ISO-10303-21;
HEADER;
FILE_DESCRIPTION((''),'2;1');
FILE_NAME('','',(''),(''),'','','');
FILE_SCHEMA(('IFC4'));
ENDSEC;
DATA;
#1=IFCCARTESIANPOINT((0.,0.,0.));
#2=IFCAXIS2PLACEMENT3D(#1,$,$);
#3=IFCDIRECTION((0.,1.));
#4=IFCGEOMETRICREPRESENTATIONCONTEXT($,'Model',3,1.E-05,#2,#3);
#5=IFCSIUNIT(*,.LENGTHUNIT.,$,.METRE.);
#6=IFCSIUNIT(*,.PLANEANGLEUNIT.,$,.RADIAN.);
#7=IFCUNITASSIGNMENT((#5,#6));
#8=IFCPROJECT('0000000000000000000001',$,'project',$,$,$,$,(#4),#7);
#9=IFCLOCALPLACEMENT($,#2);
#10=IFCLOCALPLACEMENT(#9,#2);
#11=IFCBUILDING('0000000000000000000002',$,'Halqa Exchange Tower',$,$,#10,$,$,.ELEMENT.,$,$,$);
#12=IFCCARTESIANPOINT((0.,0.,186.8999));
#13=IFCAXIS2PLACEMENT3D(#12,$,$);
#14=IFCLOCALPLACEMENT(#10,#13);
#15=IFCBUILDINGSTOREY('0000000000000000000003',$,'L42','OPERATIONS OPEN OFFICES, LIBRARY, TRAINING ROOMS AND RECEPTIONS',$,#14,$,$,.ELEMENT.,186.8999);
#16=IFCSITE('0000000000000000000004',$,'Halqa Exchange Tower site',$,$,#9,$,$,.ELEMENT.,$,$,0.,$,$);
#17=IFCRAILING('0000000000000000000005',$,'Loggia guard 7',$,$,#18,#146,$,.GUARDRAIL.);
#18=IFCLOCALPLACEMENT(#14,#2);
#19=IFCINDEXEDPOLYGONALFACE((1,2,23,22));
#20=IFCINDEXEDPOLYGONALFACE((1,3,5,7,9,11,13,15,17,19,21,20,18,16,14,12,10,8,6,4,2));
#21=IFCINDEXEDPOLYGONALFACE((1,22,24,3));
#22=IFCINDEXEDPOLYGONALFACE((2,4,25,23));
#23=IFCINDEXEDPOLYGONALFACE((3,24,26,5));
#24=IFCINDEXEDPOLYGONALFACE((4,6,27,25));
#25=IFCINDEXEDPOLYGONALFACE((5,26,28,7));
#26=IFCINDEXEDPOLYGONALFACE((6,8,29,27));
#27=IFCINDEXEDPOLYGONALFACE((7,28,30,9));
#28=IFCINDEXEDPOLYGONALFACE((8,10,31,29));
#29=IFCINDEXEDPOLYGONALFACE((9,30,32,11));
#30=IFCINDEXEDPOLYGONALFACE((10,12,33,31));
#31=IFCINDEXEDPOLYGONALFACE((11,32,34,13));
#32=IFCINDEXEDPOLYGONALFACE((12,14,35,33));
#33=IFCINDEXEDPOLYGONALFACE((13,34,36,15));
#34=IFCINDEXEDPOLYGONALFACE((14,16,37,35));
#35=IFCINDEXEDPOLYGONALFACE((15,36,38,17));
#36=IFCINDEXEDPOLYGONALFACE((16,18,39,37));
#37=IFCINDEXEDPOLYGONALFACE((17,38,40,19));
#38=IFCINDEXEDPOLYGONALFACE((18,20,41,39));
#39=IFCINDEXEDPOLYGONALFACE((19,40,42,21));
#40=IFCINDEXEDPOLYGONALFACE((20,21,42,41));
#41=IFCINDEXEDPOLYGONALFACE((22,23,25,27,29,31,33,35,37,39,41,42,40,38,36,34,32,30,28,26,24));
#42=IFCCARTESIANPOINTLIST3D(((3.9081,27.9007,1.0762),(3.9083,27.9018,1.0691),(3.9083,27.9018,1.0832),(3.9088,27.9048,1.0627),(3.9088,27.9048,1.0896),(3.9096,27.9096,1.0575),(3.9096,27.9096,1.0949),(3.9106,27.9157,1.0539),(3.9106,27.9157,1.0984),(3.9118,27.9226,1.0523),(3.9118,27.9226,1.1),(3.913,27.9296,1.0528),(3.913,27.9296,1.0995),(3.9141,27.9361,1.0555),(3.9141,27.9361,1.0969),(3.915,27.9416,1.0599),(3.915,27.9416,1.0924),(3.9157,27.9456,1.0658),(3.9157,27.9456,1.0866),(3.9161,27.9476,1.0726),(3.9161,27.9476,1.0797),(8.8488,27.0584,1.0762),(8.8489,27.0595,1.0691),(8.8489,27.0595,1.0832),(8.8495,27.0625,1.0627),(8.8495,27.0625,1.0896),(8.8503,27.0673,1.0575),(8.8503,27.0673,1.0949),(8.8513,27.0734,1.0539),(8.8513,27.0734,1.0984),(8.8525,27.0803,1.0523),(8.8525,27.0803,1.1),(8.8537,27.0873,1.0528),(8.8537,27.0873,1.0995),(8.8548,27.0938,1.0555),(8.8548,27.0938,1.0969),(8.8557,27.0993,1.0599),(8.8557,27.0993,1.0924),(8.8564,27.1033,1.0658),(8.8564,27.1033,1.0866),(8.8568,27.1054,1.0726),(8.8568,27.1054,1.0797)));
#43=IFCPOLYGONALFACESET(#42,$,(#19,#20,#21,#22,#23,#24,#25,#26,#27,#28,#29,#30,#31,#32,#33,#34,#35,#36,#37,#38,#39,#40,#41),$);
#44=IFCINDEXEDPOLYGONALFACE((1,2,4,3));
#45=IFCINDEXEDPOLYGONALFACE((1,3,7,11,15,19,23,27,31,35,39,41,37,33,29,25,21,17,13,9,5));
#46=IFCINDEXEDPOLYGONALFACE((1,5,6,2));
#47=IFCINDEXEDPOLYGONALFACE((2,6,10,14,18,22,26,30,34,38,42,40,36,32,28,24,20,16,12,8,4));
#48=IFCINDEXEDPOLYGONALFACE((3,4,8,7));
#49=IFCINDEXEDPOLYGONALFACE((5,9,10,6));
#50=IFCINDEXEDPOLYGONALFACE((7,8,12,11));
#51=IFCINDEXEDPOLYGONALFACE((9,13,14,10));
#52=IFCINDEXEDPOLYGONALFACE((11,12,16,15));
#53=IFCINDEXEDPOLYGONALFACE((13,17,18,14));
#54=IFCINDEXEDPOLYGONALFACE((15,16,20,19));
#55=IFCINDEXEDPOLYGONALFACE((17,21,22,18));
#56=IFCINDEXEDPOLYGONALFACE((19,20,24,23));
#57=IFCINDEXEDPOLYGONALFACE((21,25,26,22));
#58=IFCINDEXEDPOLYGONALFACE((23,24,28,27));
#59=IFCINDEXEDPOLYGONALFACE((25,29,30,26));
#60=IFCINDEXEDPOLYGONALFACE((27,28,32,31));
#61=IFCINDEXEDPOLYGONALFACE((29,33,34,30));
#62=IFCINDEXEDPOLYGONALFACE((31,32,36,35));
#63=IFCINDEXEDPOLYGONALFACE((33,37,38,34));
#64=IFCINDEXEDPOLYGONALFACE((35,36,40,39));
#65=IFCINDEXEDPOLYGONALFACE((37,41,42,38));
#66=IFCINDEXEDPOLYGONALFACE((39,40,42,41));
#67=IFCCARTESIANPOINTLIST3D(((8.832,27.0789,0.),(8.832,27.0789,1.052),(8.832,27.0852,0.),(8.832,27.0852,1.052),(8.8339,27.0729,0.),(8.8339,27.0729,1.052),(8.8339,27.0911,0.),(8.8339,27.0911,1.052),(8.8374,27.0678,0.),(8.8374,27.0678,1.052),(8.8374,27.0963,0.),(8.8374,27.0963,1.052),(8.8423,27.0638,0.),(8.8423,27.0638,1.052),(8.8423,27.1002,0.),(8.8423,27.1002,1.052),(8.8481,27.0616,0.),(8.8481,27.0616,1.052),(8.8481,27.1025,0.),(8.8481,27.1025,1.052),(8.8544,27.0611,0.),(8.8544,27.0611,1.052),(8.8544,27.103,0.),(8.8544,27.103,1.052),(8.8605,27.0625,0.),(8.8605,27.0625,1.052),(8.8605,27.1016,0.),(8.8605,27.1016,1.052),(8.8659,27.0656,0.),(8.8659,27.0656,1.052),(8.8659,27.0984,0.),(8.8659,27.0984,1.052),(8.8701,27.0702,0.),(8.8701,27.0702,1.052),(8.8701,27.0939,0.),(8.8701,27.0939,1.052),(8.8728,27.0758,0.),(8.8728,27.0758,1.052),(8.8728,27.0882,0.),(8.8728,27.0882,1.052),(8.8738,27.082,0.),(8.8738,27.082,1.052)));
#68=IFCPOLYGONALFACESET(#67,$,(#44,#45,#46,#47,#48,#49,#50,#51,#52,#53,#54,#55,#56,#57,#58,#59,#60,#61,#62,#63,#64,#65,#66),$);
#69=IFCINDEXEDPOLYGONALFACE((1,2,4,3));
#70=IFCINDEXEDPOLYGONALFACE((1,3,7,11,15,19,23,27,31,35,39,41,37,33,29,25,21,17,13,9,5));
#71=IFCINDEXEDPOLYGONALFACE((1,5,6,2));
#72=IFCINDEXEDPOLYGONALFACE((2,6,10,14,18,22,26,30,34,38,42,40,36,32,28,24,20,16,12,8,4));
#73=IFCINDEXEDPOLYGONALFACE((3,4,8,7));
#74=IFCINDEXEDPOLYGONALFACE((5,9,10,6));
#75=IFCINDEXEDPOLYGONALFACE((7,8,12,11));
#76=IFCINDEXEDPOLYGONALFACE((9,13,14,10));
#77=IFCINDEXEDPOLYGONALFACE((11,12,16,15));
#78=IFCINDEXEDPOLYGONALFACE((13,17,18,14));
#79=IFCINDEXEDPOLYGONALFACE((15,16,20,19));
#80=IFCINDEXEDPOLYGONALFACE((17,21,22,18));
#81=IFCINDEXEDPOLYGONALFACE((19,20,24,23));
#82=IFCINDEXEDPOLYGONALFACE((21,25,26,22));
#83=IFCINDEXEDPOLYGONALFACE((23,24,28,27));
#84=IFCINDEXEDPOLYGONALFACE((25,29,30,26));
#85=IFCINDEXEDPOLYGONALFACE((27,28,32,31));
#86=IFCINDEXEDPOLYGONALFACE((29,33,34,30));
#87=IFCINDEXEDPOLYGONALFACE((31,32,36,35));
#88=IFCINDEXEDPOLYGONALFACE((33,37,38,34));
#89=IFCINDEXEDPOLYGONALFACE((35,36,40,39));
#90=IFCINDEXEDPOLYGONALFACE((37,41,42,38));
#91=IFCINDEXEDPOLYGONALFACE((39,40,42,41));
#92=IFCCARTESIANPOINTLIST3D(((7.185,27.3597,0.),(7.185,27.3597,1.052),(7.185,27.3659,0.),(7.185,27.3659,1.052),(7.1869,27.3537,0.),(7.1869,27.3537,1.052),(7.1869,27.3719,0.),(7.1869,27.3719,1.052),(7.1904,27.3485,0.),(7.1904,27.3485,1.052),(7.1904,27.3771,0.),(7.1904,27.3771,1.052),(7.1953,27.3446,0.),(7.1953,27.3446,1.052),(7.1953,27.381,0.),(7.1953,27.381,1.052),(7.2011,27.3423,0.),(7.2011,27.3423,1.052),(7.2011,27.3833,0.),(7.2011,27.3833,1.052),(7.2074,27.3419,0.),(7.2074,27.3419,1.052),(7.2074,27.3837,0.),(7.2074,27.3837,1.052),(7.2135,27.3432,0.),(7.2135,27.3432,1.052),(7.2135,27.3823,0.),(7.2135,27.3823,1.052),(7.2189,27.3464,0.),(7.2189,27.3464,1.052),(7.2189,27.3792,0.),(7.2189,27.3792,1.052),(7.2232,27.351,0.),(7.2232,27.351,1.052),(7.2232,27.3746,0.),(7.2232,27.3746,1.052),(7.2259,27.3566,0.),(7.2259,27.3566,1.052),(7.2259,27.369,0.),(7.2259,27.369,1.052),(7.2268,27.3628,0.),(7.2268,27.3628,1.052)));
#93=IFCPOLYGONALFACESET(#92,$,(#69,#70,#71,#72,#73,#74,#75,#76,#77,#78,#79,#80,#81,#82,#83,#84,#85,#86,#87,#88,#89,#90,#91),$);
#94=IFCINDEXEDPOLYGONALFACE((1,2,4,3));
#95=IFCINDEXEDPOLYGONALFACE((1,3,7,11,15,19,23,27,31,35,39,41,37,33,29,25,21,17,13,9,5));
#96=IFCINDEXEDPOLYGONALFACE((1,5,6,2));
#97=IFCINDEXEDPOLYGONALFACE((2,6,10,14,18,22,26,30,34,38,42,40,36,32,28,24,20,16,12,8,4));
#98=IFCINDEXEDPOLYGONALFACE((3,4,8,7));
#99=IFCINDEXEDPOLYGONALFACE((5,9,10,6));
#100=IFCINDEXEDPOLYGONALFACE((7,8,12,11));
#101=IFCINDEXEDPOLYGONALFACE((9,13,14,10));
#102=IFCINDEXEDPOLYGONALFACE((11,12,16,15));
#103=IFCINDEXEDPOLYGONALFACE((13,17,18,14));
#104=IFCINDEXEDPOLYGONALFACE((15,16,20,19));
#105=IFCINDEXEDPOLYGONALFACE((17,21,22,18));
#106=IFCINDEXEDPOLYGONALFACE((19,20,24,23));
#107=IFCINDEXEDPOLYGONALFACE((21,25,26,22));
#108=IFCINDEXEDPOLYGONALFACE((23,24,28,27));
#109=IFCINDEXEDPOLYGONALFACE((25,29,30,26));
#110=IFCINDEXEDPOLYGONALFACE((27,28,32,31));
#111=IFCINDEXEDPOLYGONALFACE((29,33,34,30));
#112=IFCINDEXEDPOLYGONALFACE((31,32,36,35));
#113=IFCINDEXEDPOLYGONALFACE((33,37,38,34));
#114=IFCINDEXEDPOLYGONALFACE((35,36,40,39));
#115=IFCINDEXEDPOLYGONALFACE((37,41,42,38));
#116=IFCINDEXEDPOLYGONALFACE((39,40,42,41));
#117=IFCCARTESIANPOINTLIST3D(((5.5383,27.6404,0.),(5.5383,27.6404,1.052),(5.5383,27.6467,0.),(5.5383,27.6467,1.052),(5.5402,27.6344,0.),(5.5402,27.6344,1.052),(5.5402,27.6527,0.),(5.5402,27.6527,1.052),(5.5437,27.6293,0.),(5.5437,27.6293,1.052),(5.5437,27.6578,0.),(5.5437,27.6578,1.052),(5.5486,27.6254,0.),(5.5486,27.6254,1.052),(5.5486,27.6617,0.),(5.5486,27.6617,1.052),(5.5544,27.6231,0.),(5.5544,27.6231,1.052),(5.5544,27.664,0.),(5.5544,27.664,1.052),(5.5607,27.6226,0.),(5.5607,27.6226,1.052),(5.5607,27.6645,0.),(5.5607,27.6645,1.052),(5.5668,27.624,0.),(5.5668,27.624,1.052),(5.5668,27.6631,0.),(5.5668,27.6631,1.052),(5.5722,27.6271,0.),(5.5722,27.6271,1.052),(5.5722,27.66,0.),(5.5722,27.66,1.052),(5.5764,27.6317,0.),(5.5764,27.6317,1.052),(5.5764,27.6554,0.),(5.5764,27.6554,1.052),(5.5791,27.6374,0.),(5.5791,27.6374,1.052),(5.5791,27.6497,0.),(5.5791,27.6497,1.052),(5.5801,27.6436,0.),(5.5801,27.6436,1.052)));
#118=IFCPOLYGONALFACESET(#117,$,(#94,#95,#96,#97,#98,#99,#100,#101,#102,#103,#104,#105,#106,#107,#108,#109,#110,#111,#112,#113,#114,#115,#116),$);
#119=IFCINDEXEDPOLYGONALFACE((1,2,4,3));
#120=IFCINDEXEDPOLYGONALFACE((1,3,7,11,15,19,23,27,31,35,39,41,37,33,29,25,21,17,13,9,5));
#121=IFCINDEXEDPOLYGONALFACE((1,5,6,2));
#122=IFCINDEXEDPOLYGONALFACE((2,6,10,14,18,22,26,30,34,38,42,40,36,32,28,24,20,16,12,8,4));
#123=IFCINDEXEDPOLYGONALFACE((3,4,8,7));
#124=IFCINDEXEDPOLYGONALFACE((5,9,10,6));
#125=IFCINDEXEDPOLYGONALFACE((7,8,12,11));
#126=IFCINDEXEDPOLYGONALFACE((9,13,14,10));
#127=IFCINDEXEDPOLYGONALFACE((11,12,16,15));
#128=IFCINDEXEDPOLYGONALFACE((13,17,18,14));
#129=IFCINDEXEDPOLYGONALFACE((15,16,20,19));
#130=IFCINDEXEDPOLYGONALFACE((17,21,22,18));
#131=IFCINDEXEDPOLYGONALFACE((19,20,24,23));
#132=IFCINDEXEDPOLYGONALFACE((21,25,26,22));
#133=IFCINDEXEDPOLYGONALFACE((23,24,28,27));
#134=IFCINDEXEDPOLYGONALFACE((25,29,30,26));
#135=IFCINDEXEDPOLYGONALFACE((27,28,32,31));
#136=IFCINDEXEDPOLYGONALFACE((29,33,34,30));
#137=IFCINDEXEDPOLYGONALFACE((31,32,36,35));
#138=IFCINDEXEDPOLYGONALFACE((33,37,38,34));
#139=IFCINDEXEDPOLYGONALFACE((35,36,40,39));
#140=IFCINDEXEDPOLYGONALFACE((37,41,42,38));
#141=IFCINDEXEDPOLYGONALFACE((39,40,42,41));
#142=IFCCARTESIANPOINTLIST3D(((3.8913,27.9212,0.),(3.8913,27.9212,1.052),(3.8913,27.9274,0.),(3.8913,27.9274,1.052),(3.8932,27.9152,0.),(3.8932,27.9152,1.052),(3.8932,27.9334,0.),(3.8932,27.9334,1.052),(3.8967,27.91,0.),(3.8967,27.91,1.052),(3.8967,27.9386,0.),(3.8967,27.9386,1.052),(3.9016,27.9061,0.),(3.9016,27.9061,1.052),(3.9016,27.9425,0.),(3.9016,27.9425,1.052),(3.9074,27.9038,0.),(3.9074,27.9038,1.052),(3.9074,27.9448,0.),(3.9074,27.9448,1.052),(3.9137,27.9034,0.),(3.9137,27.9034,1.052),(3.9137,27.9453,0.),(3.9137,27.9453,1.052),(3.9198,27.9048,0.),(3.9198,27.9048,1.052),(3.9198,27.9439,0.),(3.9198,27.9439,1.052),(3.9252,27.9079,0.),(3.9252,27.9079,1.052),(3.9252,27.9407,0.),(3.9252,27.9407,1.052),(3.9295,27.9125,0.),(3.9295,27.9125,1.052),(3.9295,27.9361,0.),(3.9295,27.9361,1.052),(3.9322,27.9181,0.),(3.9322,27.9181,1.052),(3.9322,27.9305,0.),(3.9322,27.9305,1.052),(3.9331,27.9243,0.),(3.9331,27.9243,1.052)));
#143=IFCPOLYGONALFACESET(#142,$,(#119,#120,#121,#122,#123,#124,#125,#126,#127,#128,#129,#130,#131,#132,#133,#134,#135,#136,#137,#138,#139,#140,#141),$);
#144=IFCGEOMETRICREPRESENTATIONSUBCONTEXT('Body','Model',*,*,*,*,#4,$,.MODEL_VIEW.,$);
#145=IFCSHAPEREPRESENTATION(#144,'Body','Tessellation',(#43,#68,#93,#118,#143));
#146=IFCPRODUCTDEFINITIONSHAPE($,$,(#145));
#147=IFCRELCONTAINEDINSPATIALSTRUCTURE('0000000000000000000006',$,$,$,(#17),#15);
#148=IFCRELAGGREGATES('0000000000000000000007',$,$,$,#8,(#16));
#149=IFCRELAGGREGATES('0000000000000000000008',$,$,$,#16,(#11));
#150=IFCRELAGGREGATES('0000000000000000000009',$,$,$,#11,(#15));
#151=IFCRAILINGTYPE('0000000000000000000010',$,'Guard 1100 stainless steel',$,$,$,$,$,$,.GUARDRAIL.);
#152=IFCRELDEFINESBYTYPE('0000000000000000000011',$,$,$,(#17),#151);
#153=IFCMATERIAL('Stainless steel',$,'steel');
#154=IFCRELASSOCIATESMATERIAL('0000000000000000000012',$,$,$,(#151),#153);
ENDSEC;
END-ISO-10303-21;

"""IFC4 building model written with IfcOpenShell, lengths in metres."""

from ifc_helpers import new_model, si_unit, direction, frame, origin, origin_2d, place, context, subcontext, project, spatial, circle, extrude, material, type_object, element, save


model = new_model("IFC4")

# Units and contexts
model_context = context("Model", 3, precision=1e-05, world=origin(), true_north=direction((0.0, 1.0)))
body_context = subcontext(model_context, "Body", "Model", "MODEL_VIEW")
ifc_project = project(units=[si_unit("LENGTHUNIT", "METRE"), si_unit("PLANEANGLEUNIT", "RADIAN")], contexts=[model_context])

# Site, building, storey
site_placement = place(None, origin())
site = spatial("IfcSite", under=ifc_project, at=site_placement, Name="Halqa Exchange Tower site", CompositionType="ELEMENT", RefElevation=0.0)
building_placement = place(site_placement, origin())
building = spatial("IfcBuilding", under=site, at=building_placement, Name="Halqa Exchange Tower", CompositionType="ELEMENT")
storey_placement = place(building_placement, frame((0.0, 0.0, 186.8999)))
storey = spatial("IfcBuildingStorey", under=building, at=storey_placement, Name="L42", Description="OPERATIONS OPEN OFFICES, LIBRARY, TRAINING ROOMS AND RECEPTIONS", CompositionType="ELEMENT", Elevation=186.8999)

# Railing
ifc_material_1 = material(Name="Stainless steel", Category="steel")
railing_type_1 = type_object("IfcRailingType", Name="Guard 1100 stainless steel", PredefinedType="GUARDRAIL", material=ifc_material_1)
railing_1_placement = place(storey_placement, frame((8.8528, 27.082, 0.0)))
element("IfcRailing", 1, at=railing_1_placement, inside=storey, type_object=railing_type_1, Name="Loggia guard 7", PredefinedType="GUARDRAIL", context=body_context, shape_type="SweptSolid", body=[
    extrude(circle(Radius=0.0239, at=origin_2d()), frame((0.0, 0.0, 1.0762), z_axis=(-0.985778, 0.168055, 0.0), x_axis=(-0.168055, -0.985778, 0.0)), (0.0, 0.0, 1.0), 5.012),
    extrude(circle(Radius=0.021, at=origin_2d()), origin(), (0.0, 0.0, 1.0), 1.052),
    extrude(circle(Radius=0.021, at=origin_2d()), frame((-1.647, 0.2808, 0.0)), (0.0, 0.0, 1.0), 1.052),
    extrude(circle(Radius=0.021, at=origin_2d()), frame((-3.2937, 0.5615, 0.0)), (0.0, 0.0, 1.0), 1.052),
    extrude(circle(Radius=0.021, at=origin_2d()), frame((-4.9407, 0.8423, 0.0)), (0.0, 0.0, 1.0), 1.052),
])

save(model, "model.ifc")
